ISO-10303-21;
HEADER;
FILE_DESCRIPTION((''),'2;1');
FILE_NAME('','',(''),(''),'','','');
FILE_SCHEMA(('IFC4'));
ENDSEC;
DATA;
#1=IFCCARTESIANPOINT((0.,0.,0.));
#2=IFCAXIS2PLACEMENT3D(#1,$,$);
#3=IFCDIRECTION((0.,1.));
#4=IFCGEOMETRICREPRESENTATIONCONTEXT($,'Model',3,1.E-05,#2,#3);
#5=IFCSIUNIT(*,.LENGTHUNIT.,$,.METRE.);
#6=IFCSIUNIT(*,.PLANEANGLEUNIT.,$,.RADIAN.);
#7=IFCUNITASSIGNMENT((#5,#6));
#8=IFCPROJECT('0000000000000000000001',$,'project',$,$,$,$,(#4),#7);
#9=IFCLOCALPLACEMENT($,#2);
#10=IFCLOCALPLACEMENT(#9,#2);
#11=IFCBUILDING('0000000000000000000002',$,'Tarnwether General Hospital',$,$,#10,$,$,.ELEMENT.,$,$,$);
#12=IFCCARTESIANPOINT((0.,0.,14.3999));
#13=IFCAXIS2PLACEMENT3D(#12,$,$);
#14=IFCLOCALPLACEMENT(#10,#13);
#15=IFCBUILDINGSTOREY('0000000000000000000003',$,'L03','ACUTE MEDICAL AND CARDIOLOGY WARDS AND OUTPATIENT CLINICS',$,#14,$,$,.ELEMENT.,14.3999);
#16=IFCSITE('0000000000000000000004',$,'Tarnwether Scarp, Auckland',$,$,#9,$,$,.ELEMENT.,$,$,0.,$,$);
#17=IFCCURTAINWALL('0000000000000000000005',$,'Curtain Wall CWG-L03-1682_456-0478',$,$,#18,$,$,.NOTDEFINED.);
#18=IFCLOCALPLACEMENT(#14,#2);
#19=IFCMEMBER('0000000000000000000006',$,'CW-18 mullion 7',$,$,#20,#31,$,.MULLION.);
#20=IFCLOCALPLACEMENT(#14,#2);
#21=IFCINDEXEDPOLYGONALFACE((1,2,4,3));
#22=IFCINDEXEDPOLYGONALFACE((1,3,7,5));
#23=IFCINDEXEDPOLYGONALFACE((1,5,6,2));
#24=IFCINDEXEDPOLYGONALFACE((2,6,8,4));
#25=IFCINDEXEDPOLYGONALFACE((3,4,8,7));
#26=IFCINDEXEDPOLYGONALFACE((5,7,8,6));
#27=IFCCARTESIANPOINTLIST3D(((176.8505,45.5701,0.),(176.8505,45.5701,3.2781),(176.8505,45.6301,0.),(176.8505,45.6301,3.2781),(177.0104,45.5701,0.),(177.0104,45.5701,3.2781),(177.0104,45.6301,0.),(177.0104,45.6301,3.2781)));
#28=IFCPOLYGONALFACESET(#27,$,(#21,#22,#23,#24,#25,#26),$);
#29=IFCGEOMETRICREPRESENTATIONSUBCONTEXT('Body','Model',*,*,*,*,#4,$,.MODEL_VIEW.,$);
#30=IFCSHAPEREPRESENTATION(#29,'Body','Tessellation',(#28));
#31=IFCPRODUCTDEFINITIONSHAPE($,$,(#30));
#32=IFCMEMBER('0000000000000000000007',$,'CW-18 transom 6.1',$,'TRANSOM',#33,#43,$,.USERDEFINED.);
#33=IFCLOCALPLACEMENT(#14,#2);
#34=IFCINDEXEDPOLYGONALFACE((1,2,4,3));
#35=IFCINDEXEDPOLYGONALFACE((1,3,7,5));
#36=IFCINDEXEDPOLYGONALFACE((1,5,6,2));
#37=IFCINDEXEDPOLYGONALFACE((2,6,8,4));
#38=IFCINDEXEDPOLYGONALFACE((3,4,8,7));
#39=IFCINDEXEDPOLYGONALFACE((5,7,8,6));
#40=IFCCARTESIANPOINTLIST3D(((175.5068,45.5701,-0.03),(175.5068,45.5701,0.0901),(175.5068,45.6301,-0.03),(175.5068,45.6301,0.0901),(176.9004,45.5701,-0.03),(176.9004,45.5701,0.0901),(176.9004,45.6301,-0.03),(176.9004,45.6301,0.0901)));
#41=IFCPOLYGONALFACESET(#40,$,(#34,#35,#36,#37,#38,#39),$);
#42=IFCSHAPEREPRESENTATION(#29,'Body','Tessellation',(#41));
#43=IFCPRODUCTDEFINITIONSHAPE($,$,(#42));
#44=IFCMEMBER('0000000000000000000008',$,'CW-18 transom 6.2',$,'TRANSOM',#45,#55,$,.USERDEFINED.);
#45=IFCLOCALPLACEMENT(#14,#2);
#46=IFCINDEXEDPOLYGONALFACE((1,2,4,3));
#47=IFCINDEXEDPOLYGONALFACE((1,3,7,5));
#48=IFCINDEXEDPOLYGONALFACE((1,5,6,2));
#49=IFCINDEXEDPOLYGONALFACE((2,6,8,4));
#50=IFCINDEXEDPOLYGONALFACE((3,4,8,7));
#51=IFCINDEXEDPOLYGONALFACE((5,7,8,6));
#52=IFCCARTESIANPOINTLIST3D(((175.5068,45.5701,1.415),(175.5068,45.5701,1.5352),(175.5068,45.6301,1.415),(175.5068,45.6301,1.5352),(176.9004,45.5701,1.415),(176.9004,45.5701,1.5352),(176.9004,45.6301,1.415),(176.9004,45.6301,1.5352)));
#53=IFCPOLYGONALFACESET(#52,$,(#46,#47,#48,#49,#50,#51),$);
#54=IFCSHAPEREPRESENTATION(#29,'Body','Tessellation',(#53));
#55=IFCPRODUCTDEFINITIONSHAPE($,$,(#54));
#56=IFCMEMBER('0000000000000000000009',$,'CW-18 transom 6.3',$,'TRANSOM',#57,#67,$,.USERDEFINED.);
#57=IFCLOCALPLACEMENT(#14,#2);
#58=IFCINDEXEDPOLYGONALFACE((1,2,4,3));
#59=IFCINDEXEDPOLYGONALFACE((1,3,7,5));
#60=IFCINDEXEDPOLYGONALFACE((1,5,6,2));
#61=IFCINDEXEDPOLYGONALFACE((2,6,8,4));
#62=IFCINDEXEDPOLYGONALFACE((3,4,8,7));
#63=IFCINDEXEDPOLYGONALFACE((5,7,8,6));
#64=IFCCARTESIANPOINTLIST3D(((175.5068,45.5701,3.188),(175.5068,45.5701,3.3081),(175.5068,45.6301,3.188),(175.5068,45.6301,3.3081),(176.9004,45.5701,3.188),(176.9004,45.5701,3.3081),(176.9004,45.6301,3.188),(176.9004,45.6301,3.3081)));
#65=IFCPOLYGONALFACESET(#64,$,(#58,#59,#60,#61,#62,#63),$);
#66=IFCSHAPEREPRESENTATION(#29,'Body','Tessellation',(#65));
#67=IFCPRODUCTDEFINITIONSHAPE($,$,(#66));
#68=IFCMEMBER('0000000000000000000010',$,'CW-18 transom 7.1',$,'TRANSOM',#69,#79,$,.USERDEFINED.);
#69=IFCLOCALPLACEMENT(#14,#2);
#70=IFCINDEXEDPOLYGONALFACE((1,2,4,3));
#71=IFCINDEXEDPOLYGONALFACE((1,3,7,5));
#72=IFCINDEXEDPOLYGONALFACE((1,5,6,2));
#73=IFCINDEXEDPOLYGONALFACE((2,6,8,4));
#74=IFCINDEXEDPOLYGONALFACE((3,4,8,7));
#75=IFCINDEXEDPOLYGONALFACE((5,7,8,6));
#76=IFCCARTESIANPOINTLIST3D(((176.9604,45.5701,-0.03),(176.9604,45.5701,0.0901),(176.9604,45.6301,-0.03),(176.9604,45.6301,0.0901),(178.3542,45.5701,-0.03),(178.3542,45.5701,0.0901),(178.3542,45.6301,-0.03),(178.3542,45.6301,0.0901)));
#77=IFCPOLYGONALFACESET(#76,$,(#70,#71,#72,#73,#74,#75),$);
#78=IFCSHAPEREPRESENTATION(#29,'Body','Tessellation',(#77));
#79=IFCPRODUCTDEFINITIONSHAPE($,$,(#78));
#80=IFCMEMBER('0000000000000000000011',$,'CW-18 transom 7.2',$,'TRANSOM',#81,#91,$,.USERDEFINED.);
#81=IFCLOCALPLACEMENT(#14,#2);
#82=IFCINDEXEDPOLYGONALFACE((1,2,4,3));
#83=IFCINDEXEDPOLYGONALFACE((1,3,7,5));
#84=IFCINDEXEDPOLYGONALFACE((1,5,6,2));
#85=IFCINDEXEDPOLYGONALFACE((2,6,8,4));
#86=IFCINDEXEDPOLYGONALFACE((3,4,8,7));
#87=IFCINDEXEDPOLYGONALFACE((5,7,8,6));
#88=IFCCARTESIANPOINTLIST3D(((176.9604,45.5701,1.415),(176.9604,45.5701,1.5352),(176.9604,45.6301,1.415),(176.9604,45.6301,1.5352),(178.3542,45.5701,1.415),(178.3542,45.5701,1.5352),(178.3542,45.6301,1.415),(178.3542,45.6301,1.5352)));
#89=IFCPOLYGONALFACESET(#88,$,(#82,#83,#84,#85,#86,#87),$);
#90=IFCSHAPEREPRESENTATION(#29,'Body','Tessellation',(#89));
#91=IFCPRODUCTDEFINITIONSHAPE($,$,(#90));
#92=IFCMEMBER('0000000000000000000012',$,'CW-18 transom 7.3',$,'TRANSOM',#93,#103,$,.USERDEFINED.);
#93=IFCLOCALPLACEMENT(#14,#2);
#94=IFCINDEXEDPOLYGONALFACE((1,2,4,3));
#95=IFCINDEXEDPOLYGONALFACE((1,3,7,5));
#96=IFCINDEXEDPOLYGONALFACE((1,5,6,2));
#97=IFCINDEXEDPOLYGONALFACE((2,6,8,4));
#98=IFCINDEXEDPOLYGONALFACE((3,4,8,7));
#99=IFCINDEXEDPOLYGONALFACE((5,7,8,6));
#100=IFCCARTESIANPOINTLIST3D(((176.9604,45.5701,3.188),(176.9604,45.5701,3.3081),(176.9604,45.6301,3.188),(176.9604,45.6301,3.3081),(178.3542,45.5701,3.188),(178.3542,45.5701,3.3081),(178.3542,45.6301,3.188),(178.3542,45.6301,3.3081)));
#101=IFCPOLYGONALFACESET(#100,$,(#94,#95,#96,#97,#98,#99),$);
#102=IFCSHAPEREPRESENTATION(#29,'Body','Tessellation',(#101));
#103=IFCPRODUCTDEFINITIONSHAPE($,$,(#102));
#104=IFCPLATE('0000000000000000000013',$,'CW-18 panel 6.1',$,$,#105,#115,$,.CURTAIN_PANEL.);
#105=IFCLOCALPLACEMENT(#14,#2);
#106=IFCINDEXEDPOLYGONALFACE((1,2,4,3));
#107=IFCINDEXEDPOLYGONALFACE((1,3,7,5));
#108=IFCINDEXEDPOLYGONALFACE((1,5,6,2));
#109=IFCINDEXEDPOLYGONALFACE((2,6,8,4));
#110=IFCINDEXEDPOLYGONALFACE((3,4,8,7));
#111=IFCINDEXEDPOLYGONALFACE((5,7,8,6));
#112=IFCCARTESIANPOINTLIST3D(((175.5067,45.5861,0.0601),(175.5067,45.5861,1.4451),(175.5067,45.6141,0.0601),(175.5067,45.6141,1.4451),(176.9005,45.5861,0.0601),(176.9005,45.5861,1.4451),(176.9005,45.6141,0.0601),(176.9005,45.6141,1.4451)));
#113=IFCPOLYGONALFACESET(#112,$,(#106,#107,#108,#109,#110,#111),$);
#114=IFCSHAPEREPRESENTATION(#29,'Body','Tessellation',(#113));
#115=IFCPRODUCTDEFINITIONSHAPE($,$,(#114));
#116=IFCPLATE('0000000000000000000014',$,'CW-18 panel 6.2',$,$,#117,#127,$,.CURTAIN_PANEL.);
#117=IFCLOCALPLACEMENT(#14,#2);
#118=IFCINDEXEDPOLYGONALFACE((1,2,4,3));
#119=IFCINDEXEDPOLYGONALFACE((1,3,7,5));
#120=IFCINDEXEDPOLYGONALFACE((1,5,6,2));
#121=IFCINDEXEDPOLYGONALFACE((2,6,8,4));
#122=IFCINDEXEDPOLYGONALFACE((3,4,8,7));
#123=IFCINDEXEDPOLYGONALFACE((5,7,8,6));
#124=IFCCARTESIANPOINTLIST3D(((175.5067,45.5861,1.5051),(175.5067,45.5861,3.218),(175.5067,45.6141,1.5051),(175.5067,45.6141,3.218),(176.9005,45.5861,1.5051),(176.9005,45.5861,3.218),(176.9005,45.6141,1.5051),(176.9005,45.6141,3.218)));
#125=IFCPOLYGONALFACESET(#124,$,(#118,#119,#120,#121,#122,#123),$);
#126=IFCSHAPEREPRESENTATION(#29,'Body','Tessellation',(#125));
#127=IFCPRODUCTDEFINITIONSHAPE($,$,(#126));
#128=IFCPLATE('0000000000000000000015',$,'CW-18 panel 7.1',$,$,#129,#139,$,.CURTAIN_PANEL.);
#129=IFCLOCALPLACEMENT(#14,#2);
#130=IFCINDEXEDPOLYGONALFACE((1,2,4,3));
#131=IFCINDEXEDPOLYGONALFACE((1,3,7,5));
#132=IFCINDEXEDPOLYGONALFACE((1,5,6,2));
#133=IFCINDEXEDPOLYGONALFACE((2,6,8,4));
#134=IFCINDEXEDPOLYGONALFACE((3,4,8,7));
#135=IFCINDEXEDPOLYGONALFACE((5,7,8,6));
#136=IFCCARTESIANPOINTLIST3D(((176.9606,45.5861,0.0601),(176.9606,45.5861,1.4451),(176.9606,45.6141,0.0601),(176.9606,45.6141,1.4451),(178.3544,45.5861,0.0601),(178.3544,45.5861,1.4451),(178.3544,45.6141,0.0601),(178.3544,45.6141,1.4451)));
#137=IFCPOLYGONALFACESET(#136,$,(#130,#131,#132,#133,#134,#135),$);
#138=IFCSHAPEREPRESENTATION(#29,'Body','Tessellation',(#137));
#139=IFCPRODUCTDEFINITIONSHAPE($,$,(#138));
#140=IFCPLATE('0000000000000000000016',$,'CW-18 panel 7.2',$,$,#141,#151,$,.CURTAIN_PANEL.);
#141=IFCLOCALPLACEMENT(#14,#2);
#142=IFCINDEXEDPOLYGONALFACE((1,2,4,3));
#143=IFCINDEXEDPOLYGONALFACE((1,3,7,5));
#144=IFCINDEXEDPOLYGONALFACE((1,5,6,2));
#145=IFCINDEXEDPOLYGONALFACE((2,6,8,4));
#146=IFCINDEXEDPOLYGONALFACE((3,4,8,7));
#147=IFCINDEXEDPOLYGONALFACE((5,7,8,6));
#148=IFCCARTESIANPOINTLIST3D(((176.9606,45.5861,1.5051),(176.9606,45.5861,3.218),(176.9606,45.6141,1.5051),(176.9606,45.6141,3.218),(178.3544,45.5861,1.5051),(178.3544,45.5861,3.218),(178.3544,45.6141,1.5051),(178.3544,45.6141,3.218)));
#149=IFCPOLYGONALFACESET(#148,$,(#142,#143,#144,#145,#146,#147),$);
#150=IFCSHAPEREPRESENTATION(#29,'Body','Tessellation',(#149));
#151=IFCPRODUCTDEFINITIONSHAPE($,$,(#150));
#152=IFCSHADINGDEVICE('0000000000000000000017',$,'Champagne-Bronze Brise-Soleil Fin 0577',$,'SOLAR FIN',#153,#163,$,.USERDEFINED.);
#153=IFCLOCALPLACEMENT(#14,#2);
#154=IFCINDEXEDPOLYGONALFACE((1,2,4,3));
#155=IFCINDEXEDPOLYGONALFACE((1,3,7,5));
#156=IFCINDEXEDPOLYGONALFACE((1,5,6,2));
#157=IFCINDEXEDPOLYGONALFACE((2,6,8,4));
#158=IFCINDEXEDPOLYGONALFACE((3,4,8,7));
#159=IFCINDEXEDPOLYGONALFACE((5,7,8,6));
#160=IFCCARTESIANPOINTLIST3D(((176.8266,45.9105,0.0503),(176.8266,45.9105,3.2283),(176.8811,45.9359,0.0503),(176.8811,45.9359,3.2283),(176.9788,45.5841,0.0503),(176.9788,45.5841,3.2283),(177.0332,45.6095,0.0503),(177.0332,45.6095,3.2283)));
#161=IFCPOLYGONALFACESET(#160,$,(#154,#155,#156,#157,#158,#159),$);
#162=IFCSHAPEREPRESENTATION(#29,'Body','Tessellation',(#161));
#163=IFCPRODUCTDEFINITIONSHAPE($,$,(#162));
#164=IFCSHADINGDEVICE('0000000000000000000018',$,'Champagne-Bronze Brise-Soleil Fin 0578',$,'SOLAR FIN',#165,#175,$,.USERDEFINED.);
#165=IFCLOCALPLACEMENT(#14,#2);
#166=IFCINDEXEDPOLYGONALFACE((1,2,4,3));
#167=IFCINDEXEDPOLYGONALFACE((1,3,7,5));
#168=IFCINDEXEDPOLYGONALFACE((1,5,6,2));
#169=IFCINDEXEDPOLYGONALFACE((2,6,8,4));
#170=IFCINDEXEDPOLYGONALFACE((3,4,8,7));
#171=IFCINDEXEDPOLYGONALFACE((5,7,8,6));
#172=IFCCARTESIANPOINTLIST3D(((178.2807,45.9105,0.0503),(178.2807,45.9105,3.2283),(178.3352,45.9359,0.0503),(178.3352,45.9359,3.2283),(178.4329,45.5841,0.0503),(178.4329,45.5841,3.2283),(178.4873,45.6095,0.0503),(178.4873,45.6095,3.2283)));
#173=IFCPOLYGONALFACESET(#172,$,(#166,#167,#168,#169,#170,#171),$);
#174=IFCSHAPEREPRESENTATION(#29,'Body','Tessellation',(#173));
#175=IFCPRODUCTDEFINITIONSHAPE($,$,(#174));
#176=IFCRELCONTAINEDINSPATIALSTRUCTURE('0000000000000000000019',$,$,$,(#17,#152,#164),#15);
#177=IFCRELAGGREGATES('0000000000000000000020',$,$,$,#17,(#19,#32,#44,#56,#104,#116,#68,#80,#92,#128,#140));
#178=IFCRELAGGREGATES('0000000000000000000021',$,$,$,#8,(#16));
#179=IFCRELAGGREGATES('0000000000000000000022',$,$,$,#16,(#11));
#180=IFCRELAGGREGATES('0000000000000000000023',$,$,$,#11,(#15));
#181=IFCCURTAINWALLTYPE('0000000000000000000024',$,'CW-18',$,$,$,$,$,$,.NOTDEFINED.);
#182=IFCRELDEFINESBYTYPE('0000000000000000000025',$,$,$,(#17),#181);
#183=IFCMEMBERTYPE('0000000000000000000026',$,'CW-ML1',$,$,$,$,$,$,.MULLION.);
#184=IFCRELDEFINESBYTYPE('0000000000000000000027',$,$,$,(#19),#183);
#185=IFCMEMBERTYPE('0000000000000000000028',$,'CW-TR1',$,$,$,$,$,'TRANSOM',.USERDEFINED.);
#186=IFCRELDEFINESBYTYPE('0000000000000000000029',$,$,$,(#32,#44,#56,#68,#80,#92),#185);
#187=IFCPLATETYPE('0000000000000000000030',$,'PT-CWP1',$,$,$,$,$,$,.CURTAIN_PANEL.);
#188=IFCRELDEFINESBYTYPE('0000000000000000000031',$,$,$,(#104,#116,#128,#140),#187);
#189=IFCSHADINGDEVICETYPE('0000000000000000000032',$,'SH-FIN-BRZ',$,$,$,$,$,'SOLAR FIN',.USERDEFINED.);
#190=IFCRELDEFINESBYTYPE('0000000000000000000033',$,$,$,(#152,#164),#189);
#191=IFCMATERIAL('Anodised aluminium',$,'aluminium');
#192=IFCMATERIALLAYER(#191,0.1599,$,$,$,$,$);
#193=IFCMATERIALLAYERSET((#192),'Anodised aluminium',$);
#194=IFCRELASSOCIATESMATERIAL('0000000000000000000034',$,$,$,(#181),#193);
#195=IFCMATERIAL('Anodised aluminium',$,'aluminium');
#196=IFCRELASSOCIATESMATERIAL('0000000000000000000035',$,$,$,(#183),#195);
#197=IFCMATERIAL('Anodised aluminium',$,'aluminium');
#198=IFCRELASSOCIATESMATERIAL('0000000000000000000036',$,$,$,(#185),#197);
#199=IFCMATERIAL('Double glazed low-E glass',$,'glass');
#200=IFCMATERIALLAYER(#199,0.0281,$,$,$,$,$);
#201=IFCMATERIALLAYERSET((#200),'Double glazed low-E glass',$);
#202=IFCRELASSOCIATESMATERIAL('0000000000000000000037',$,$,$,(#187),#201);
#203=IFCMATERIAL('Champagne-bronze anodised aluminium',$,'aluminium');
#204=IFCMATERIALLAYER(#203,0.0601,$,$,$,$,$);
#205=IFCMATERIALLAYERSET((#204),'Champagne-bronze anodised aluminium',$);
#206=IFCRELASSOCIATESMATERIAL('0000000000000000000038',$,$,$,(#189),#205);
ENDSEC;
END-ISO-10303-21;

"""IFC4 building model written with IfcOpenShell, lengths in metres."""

from ifc_helpers import new_model, si_unit, direction, frame, origin, origin_2d, place, context, subcontext, project, spatial, rectangle, extrude, material, layer, layer_set, material_profile, profile_set, type_object, element, aggregate, save


model = new_model("IFC4")

# Units and contexts
model_context = context("Model", 3, precision=1e-05, world=origin(), true_north=direction((0.0, 1.0)))
body_context = subcontext(model_context, "Body", "Model", "MODEL_VIEW")
ifc_project = project(units=[si_unit("LENGTHUNIT", "METRE"), si_unit("PLANEANGLEUNIT", "RADIAN")], contexts=[model_context])

# Site, building, storey
site_placement = place(None, origin())
site = spatial("IfcSite", under=ifc_project, at=site_placement, Name="Tarnwether Scarp, Auckland", CompositionType="ELEMENT", RefElevation=0.0)
building_placement = place(site_placement, origin())
building = spatial("IfcBuilding", under=site, at=building_placement, Name="Tarnwether General Hospital", CompositionType="ELEMENT")
storey_placement = place(building_placement, frame((0.0, 0.0, 14.3999)))
storey = spatial("IfcBuildingStorey", under=building, at=storey_placement, Name="L03", Description="ACUTE MEDICAL AND CARDIOLOGY WARDS AND OUTPATIENT CLINICS", CompositionType="ELEMENT", Elevation=14.3999)

# Curtain wall, members, plates
ifc_material_1 = material(Name="Anodised aluminium", Category="aluminium")
ifc_layer_1 = layer(ifc_material_1, 0.1599)
ifc_layer_set_1 = layer_set([ifc_layer_1], Name="Anodised aluminium")
curtain_wall_type = type_object("IfcCurtainWallType", Name="CW-18", PredefinedType="NOTDEFINED", material=ifc_layer_set_1)
curtain_wall_placement = place(storey_placement, origin())
curtain_wall = element("IfcCurtainWall", 1, at=curtain_wall_placement, inside=storey, type_object=curtain_wall_type, Name="Curtain Wall CWG-L03-1682_456-0478", PredefinedType="NOTDEFINED")
ifc_material_2 = material(Name="Anodised aluminium", Category="aluminium")
ifc_material_profile_1 = material_profile(ifc_material_2, rectangle(XDim=0.0601, YDim=0.1599, at=origin_2d()), Name="ALU-MUL-60x160")
ifc_profile_set_1 = profile_set([ifc_material_profile_1], Name="Anodised aluminium")
member_type_1 = type_object("IfcMemberType", Name="CW-ML1", PredefinedType="MULLION", material=ifc_profile_set_1)
member_1_placement = place(storey_placement, frame((176.9304, 45.6001, 0.0), z_axis=(0.0, 0.0, 1.0), x_axis=(0.0, 1.0, 0.0)))
member_1 = element("IfcMember", 2, at=member_1_placement, type_object=member_type_1, Name="CW-18 mullion 7", PredefinedType="MULLION", context=body_context, shape_type="SweptSolid", body=[
    extrude(rectangle(XDim=0.0601, YDim=0.1599, at=origin_2d()), origin(), (0.0, 0.0, 1.0), 3.2781),
])
ifc_material_3 = material(Name="Anodised aluminium", Category="aluminium")
ifc_material_profile_2 = material_profile(ifc_material_3, rectangle(XDim=0.0601, YDim=0.1201, at=origin_2d()), Name="ALU-TRN-60x120")
ifc_profile_set_2 = profile_set([ifc_material_profile_2], Name="Anodised aluminium")
member_type_2 = type_object("IfcMemberType", Name="CW-TR1", ElementType="TRANSOM", PredefinedType="USERDEFINED", material=ifc_profile_set_2)
member_2_placement = place(storey_placement, frame((175.5068, 45.6001, 0.03), z_axis=(1.0, 0.0, 0.0), x_axis=(0.0, 1.0, 0.0)))
member_2 = element("IfcMember", 3, at=member_2_placement, type_object=member_type_2, Name="CW-18 transom 6.1", ObjectType="TRANSOM", PredefinedType="USERDEFINED", context=body_context, shape_type="SweptSolid", body=[
    extrude(rectangle(XDim=0.0601, YDim=0.1201, at=origin_2d()), origin(), (0.0, 0.0, 1.0), 1.3936),
])
member_3_placement = place(storey_placement, frame((175.5068, 45.6001, 1.4751), z_axis=(1.0, 0.0, 0.0), x_axis=(0.0, 1.0, 0.0)))
member_3 = element("IfcMember", 4, at=member_3_placement, type_object=member_type_2, Name="CW-18 transom 6.2", ObjectType="TRANSOM", PredefinedType="USERDEFINED", context=body_context, shape_type="SweptSolid", body=[
    extrude(rectangle(XDim=0.0601, YDim=0.1201, at=origin_2d()), origin(), (0.0, 0.0, 1.0), 1.3936),
])
member_4_placement = place(storey_placement, frame((175.5068, 45.6001, 3.248), z_axis=(1.0, 0.0, 0.0), x_axis=(0.0, 1.0, 0.0)))
member_4 = element("IfcMember", 5, at=member_4_placement, type_object=member_type_2, Name="CW-18 transom 6.3", ObjectType="TRANSOM", PredefinedType="USERDEFINED", context=body_context, shape_type="SweptSolid", body=[
    extrude(rectangle(XDim=0.0601, YDim=0.1201, at=origin_2d()), origin(), (0.0, 0.0, 1.0), 1.3936),
])
member_5_placement = place(storey_placement, frame((176.9604, 45.6001, 0.03), z_axis=(1.0, 0.0, 0.0), x_axis=(0.0, 1.0, 0.0)))
member_5 = element("IfcMember", 6, at=member_5_placement, type_object=member_type_2, Name="CW-18 transom 7.1", ObjectType="TRANSOM", PredefinedType="USERDEFINED", context=body_context, shape_type="SweptSolid", body=[
    extrude(rectangle(XDim=0.0601, YDim=0.1201, at=origin_2d()), origin(), (0.0, 0.0, 1.0), 1.3938),
])
member_6_placement = place(storey_placement, frame((176.9604, 45.6001, 1.4751), z_axis=(1.0, 0.0, 0.0), x_axis=(0.0, 1.0, 0.0)))
member_6 = element("IfcMember", 7, at=member_6_placement, type_object=member_type_2, Name="CW-18 transom 7.2", ObjectType="TRANSOM", PredefinedType="USERDEFINED", context=body_context, shape_type="SweptSolid", body=[
    extrude(rectangle(XDim=0.0601, YDim=0.1201, at=origin_2d()), origin(), (0.0, 0.0, 1.0), 1.3938),
])
member_7_placement = place(storey_placement, frame((176.9604, 45.6001, 3.248), z_axis=(1.0, 0.0, 0.0), x_axis=(0.0, 1.0, 0.0)))
member_7 = element("IfcMember", 8, at=member_7_placement, type_object=member_type_2, Name="CW-18 transom 7.3", ObjectType="TRANSOM", PredefinedType="USERDEFINED", context=body_context, shape_type="SweptSolid", body=[
    extrude(rectangle(XDim=0.0601, YDim=0.1201, at=origin_2d()), origin(), (0.0, 0.0, 1.0), 1.3938),
])
ifc_material_4 = material(Name="Double glazed low-E glass", Category="glass")
ifc_layer_2 = layer(ifc_material_4, 0.0281)
ifc_layer_set_2 = layer_set([ifc_layer_2], Name="Double glazed low-E glass")
plate_type = type_object("IfcPlateType", Name="PT-CWP1", PredefinedType="CURTAIN_PANEL", material=ifc_layer_set_2)
plate_1_placement = place(storey_placement, frame((176.2036, 45.6001, 0.0601), z_axis=(0.0, 0.0, 1.0), x_axis=(1.0, 0.0, 0.0)))
plate_1 = element("IfcPlate", 9, at=plate_1_placement, type_object=plate_type, Name="CW-18 panel 6.1", PredefinedType="CURTAIN_PANEL", context=body_context, shape_type="SweptSolid", body=[
    extrude(rectangle(XDim=1.3938, YDim=0.0281, at=origin_2d()), origin(), (0.0, 0.0, 1.0), 1.385),
])
plate_2_placement = place(storey_placement, frame((176.2036, 45.6001, 1.5051), z_axis=(0.0, 0.0, 1.0), x_axis=(1.0, 0.0, 0.0)))
plate_2 = element("IfcPlate", 10, at=plate_2_placement, type_object=plate_type, Name="CW-18 panel 6.2", PredefinedType="CURTAIN_PANEL", context=body_context, shape_type="SweptSolid", body=[
    extrude(rectangle(XDim=1.3938, YDim=0.0281, at=origin_2d()), origin(), (0.0, 0.0, 1.0), 1.7129),
])
plate_3_placement = place(storey_placement, frame((177.6575, 45.6001, 0.0601), z_axis=(0.0, 0.0, 1.0), x_axis=(1.0, 0.0, 0.0)))
plate_3 = element("IfcPlate", 11, at=plate_3_placement, type_object=plate_type, Name="CW-18 panel 7.1", PredefinedType="CURTAIN_PANEL", context=body_context, shape_type="SweptSolid", body=[
    extrude(rectangle(XDim=1.3938, YDim=0.0281, at=origin_2d()), origin(), (0.0, 0.0, 1.0), 1.385),
])
plate_4_placement = place(storey_placement, frame((177.6575, 45.6001, 1.5051), z_axis=(0.0, 0.0, 1.0), x_axis=(1.0, 0.0, 0.0)))
plate_4 = element("IfcPlate", 12, at=plate_4_placement, type_object=plate_type, Name="CW-18 panel 7.2", PredefinedType="CURTAIN_PANEL", context=body_context, shape_type="SweptSolid", body=[
    extrude(rectangle(XDim=1.3938, YDim=0.0281, at=origin_2d()), origin(), (0.0, 0.0, 1.0), 1.7129),
])
aggregate(curtain_wall, [member_1, member_2, member_3, member_4, plate_1, plate_2, member_5, member_6, member_7, plate_3, plate_4])

# Shading devices
ifc_material_5 = material(Name="Champagne-bronze anodised aluminium", Category="aluminium")
ifc_layer_3 = layer(ifc_material_5, 0.0601)
ifc_layer_set_3 = layer_set([ifc_layer_3], Name="Champagne-bronze anodised aluminium")
shading_device_type = type_object("IfcShadingDeviceType", Name="SH-FIN-BRZ", ElementType="SOLAR FIN", PredefinedType="USERDEFINED", material=ifc_layer_set_3)
for number, where, z_axis, x_axis, name in (
    (13, (176.9299, 45.76, 0.0503), (0.0, 0.0, 1.0), (0.906308, 0.422618, 0.0), "Champagne-Bronze Brise-Soleil Fin 0577"),
    (14, (178.384, 45.76, 0.0503), (0.0, 0.0, 1.0), (0.906308, 0.422618, 0.0), "Champagne-Bronze Brise-Soleil Fin 0578"),
):
    element("IfcShadingDevice", number, at=place(storey_placement, frame(where, z_axis=z_axis, x_axis=x_axis)), inside=storey, type_object=shading_device_type, Name=name, ObjectType="SOLAR FIN", PredefinedType="USERDEFINED", context=body_context, shape_type="SweptSolid", body=[
        extrude(rectangle(XDim=0.0601, YDim=0.3601, at=origin_2d()), origin(), (0.0, 0.0, 1.0), 3.178),
    ])

save(model, "model.ifc")
